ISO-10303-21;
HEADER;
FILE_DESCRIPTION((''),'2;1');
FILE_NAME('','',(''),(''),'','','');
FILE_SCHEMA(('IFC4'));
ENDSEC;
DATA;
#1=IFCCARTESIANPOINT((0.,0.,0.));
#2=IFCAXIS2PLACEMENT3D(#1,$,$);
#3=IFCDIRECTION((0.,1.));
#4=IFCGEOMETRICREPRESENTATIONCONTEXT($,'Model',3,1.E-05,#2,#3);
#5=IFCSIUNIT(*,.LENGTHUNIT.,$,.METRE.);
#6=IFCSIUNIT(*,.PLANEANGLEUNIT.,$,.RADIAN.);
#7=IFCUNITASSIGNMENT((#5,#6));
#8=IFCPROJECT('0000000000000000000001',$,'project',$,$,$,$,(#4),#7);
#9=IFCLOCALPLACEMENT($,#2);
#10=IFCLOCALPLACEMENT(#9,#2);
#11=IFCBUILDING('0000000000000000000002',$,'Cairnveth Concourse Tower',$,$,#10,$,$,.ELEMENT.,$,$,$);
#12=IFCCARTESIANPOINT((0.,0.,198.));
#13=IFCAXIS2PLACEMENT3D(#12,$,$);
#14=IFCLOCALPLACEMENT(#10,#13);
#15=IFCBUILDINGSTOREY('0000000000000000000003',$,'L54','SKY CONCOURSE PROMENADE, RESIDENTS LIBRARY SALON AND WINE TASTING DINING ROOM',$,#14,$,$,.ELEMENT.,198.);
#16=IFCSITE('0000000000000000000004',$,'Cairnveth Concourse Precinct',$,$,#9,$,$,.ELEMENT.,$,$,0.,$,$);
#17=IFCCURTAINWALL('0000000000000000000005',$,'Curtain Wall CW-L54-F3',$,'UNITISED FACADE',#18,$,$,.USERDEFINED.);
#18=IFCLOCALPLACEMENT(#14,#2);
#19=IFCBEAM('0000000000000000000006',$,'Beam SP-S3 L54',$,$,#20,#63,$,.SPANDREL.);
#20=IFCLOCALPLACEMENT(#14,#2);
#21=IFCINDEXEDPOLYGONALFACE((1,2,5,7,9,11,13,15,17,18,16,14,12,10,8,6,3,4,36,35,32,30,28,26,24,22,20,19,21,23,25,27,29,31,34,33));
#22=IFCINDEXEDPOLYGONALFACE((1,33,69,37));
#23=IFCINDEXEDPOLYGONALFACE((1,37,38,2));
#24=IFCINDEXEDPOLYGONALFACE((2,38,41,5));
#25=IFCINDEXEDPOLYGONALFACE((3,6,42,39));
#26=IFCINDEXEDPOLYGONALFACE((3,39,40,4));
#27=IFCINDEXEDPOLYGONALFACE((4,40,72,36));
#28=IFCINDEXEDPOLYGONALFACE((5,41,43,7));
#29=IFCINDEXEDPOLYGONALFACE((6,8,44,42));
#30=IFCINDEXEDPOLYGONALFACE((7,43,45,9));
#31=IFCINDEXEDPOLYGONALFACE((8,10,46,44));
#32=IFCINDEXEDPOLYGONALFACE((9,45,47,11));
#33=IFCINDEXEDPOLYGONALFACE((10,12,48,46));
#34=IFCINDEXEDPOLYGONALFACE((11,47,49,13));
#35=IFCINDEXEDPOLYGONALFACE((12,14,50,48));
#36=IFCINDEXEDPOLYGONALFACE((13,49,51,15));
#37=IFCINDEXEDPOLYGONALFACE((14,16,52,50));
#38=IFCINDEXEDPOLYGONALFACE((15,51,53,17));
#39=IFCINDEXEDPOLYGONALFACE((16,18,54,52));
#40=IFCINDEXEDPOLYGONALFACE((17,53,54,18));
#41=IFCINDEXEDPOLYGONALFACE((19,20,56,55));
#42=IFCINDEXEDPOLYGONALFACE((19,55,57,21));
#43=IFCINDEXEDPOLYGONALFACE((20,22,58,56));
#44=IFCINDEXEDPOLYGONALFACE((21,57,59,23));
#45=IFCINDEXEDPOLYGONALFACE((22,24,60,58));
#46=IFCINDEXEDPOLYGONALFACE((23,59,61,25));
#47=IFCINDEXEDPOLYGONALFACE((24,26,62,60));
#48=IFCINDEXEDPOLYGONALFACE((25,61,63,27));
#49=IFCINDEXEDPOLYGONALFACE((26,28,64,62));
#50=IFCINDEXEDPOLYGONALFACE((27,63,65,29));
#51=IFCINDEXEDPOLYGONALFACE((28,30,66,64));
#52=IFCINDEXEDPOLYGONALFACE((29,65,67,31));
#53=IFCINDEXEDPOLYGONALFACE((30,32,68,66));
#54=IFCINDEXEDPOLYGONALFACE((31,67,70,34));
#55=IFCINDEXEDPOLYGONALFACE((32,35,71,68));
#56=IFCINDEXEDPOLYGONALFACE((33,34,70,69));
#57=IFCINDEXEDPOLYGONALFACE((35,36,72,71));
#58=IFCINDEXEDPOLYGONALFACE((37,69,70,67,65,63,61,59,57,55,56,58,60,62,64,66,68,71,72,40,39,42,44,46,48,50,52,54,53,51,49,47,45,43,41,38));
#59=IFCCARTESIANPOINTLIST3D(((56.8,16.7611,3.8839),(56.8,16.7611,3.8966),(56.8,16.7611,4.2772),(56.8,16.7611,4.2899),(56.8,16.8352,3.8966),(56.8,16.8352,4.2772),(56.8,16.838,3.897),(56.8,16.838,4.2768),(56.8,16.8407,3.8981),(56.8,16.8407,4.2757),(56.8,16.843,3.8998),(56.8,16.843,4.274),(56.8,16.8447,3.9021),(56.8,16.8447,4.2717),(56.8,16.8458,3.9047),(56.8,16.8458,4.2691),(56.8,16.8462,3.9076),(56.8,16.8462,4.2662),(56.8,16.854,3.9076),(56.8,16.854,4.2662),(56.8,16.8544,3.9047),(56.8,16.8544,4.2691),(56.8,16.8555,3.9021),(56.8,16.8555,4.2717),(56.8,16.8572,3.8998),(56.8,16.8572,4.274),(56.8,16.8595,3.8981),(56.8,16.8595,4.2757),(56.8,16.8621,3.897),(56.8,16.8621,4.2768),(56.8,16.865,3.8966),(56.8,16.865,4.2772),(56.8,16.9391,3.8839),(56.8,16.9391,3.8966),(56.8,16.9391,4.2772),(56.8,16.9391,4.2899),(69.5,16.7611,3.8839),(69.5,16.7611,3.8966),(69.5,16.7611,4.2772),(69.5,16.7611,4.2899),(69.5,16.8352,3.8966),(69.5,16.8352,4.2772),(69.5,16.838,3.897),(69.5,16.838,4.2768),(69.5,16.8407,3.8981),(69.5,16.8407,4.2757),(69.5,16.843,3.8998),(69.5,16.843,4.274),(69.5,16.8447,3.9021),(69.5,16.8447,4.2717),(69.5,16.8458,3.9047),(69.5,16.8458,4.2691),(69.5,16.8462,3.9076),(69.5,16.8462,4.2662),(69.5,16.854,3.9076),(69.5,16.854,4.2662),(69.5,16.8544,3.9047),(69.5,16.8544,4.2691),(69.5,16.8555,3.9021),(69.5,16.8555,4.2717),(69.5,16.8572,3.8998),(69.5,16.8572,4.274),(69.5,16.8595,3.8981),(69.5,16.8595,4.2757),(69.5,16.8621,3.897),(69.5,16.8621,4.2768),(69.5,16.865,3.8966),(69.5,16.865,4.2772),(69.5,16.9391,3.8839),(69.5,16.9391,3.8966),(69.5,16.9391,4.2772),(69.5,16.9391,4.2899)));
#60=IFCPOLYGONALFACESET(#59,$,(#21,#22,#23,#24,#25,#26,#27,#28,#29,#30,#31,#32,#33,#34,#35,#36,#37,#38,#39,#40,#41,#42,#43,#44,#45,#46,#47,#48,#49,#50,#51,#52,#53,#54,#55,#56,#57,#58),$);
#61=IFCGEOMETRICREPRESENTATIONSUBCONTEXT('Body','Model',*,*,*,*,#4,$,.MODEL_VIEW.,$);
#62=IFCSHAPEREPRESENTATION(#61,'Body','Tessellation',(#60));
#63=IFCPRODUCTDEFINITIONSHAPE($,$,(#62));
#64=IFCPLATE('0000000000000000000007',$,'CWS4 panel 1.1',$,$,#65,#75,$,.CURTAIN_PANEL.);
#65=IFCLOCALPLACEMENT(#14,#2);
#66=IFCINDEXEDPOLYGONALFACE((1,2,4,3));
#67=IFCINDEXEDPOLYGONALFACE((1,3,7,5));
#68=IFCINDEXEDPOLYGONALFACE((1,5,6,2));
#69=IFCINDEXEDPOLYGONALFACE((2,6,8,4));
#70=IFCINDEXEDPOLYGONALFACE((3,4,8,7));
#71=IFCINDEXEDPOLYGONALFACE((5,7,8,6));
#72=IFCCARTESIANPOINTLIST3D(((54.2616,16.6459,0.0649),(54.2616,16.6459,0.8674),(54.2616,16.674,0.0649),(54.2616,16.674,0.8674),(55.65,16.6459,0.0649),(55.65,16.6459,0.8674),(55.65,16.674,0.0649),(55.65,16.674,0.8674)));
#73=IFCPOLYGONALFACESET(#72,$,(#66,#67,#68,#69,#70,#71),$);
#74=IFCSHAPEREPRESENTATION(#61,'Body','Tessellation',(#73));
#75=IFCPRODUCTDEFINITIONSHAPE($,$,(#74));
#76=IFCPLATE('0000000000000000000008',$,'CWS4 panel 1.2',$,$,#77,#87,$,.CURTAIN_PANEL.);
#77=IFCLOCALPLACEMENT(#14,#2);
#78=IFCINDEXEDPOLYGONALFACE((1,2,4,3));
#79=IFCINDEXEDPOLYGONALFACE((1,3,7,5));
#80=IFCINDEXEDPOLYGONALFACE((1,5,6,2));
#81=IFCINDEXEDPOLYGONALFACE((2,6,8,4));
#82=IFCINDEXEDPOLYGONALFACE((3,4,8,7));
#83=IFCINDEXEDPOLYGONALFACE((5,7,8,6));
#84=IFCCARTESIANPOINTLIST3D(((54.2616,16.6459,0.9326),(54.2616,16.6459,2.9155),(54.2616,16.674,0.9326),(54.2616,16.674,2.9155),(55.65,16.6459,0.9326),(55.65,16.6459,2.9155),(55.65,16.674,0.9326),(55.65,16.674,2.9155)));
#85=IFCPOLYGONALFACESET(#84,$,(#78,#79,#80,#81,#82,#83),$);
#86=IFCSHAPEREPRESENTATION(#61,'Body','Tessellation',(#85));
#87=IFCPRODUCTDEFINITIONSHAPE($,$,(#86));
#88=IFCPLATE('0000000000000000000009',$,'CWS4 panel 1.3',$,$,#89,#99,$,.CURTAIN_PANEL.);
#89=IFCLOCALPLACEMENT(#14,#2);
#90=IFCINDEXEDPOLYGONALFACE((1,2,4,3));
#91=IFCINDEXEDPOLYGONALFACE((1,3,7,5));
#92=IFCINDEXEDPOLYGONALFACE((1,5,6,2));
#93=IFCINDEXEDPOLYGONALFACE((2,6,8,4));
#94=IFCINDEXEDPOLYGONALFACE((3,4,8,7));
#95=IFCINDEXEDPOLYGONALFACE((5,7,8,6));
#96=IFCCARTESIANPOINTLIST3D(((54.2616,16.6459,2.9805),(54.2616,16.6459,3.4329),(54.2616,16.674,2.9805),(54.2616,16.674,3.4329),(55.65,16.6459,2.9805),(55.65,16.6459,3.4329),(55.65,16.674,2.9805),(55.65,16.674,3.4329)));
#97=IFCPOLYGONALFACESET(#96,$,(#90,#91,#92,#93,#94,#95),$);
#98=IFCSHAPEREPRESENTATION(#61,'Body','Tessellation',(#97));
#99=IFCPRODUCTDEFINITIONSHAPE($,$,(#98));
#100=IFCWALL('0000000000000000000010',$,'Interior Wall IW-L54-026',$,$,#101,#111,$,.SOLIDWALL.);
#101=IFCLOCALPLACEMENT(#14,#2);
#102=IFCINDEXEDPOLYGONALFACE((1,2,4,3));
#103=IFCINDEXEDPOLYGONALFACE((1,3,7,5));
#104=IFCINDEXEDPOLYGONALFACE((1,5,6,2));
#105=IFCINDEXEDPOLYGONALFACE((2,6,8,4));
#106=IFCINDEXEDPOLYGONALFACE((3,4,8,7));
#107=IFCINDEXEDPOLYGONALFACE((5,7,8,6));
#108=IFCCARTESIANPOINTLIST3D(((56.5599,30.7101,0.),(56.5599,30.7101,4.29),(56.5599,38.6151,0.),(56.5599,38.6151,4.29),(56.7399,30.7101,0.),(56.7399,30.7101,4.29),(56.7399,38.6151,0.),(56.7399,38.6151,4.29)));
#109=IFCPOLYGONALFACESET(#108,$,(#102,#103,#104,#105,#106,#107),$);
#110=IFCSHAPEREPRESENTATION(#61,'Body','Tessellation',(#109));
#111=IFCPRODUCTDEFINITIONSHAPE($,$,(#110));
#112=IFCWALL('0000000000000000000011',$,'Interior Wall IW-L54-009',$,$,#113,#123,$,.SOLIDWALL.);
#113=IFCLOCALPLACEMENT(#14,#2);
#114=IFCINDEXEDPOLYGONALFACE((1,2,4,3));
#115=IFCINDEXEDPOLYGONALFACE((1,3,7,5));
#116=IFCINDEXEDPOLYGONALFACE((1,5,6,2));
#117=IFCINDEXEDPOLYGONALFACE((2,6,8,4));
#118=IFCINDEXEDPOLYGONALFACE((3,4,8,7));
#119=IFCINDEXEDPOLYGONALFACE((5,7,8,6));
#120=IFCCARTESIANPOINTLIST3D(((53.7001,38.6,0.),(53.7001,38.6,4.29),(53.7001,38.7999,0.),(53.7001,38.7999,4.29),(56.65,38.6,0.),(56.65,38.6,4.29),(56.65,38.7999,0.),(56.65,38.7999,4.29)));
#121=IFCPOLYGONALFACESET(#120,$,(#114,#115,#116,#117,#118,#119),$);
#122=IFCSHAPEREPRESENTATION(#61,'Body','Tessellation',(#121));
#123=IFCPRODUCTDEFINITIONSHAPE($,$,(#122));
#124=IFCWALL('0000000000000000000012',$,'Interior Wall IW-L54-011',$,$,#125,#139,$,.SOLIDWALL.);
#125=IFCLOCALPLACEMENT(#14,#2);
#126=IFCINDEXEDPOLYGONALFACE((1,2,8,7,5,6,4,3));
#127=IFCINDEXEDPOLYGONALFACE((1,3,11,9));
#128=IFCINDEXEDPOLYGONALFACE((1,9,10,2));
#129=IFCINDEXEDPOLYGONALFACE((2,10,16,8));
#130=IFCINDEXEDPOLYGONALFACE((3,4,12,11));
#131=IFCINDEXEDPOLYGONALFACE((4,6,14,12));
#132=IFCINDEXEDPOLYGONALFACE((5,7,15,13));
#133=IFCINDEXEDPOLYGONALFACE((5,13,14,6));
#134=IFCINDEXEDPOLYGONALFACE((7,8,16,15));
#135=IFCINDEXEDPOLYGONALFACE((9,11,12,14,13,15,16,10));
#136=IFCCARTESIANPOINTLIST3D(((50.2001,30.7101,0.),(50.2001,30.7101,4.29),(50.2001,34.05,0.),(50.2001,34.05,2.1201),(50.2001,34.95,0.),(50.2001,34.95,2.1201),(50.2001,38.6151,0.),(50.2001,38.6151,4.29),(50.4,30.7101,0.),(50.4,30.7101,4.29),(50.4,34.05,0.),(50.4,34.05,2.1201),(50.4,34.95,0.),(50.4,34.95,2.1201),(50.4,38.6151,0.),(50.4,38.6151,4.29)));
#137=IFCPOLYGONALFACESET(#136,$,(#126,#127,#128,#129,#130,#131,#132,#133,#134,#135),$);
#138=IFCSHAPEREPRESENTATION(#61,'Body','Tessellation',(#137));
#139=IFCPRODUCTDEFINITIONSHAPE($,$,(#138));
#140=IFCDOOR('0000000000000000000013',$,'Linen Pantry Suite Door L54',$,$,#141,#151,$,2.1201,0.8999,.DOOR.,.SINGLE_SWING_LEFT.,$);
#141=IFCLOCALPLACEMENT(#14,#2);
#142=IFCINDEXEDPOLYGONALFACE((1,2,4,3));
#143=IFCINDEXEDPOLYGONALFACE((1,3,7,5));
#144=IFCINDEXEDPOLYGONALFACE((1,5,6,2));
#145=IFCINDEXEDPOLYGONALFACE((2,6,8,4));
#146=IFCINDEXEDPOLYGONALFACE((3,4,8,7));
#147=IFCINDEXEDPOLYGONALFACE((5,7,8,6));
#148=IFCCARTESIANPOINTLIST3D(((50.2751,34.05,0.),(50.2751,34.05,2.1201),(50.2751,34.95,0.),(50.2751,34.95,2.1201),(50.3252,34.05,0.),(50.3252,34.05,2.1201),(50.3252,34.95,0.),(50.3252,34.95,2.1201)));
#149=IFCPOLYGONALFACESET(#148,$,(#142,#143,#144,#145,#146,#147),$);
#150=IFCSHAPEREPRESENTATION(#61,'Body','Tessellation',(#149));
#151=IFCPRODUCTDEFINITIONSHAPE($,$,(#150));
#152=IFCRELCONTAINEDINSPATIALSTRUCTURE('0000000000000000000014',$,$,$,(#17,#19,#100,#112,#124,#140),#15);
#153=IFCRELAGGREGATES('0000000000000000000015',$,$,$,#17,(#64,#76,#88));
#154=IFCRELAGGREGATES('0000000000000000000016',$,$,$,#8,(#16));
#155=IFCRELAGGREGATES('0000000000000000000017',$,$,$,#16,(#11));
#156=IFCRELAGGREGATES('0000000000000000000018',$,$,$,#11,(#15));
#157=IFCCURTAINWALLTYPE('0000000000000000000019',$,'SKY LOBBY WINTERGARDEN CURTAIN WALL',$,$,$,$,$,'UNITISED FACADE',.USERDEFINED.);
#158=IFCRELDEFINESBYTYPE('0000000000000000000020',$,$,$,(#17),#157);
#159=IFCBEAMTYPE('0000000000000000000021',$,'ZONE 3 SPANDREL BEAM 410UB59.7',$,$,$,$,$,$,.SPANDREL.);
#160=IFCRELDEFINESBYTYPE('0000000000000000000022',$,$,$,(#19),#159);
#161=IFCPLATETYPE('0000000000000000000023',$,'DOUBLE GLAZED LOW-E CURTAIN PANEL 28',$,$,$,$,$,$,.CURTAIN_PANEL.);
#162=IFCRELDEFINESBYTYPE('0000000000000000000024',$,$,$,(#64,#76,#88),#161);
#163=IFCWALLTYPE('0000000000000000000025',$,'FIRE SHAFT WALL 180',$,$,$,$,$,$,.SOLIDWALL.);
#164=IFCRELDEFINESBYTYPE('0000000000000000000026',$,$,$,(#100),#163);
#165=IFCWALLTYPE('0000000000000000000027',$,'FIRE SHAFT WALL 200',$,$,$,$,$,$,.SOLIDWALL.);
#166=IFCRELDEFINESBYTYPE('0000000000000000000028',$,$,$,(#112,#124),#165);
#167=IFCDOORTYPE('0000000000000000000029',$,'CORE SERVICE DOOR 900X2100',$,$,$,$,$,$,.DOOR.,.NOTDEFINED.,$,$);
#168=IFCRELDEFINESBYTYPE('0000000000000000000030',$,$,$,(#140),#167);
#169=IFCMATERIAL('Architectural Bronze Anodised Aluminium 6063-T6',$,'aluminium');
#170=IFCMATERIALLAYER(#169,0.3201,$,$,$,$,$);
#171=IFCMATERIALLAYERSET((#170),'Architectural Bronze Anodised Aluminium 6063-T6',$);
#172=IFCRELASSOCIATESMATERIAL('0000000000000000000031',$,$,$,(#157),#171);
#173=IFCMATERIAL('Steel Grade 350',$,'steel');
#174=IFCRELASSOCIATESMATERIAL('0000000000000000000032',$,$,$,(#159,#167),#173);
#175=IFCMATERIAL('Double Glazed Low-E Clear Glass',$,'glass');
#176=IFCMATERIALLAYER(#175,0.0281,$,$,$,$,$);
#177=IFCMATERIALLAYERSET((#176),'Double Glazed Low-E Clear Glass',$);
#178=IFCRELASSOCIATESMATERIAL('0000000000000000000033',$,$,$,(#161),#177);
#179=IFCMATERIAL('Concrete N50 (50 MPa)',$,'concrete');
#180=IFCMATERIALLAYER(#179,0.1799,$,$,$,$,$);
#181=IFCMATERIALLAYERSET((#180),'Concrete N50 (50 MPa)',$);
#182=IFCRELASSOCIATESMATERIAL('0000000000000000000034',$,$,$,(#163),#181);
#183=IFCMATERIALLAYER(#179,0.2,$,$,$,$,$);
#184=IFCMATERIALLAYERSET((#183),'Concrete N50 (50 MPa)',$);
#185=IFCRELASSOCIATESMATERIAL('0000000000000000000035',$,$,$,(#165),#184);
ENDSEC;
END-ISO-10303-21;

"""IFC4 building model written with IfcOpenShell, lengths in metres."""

from ifc_helpers import new_model, si_unit, direction, frame, frame_2d, origin, origin_2d, place, context, subcontext, project, spatial, rectangle, i_section, extrude, material, layer, layer_set, material_profile, profile_set, type_object, element, fill, aggregate, save


model = new_model("IFC4")

# Units and contexts
model_context = context("Model", 3, precision=1e-05, world=origin(), true_north=direction((0.0, 1.0)))
body_context = subcontext(model_context, "Body", "Model", "MODEL_VIEW")
ifc_project = project(units=[si_unit("LENGTHUNIT", "METRE"), si_unit("PLANEANGLEUNIT", "RADIAN")], contexts=[model_context])

# Site, building, storey
site_placement = place(None, origin())
site = spatial("IfcSite", under=ifc_project, at=site_placement, Name="Cairnveth Concourse Precinct", CompositionType="ELEMENT", RefElevation=0.0)
building_placement = place(site_placement, origin())
building = spatial("IfcBuilding", under=site, at=building_placement, Name="Cairnveth Concourse Tower", CompositionType="ELEMENT")
storey_placement = place(building_placement, frame((0.0, 0.0, 198.0)))
storey = spatial("IfcBuildingStorey", under=building, at=storey_placement, Name="L54", Description="SKY CONCOURSE PROMENADE, RESIDENTS LIBRARY SALON AND WINE TASTING DINING ROOM", CompositionType="ELEMENT", Elevation=198.0)

# Curtain wall
ifc_material_1 = material(Name="Architectural Bronze Anodised Aluminium 6063-T6", Category="aluminium")
ifc_layer_1 = layer(ifc_material_1, 0.3201)
ifc_layer_set_1 = layer_set([ifc_layer_1], Name="Architectural Bronze Anodised Aluminium 6063-T6")
curtain_wall_type = type_object("IfcCurtainWallType", Name="SKY LOBBY WINTERGARDEN CURTAIN WALL", ElementType="UNITISED FACADE", PredefinedType="USERDEFINED", material=ifc_layer_set_1)
curtain_wall_placement = place(storey_placement, origin())
curtain_wall = element("IfcCurtainWall", 1, at=curtain_wall_placement, inside=storey, type_object=curtain_wall_type, Name="Curtain Wall CW-L54-F3", ObjectType="UNITISED FACADE", PredefinedType="USERDEFINED")

# Beam
ifc_material_2 = material(Name="Steel Grade 350", Category="steel")
ifc_material_profile_1 = material_profile(ifc_material_2, i_section(OverallWidth=0.178, OverallDepth=0.406, WebThickness=0.0078, FlangeThickness=0.0127, FilletRadius=0.011, at=origin_2d()), Name="410UB59.7")
ifc_profile_set_1 = profile_set([ifc_material_profile_1], Name="Steel Grade 350")
beam_type_1 = type_object("IfcBeamType", Name="ZONE 3 SPANDREL BEAM 410UB59.7", PredefinedType="SPANDREL", material=ifc_profile_set_1)
beam_1_placement = place(storey_placement, frame((56.8, 16.8501, 4.0869), z_axis=(1.0, 0.0, 0.0), x_axis=(0.0, 1.0, 0.0)))
element("IfcBeam", 2, at=beam_1_placement, inside=storey, type_object=beam_type_1, Name="Beam SP-S3 L54", PredefinedType="SPANDREL", context=body_context, shape_type="SweptSolid", body=[
    extrude(i_section(OverallWidth=0.178, OverallDepth=0.406, WebThickness=0.0078, FlangeThickness=0.0127, FilletRadius=0.011, at=origin_2d()), origin(), (0.0, 0.0, 1.0), 12.7),
])

# Plates
ifc_material_3 = material(Name="Double Glazed Low-E Clear Glass", Category="glass")
ifc_layer_2 = layer(ifc_material_3, 0.0281)
ifc_layer_set_2 = layer_set([ifc_layer_2], Name="Double Glazed Low-E Clear Glass")
plate_type = type_object("IfcPlateType", Name="DOUBLE GLAZED LOW-E CURTAIN PANEL 28", PredefinedType="CURTAIN_PANEL", material=ifc_layer_set_2)
plate_1_placement = place(storey_placement, frame((54.9558, 16.6599, 0.0649), z_axis=(0.0, 0.0, 1.0), x_axis=(-1.0, 0.0, 0.0)))
plate_1 = element("IfcPlate", 3, at=plate_1_placement, type_object=plate_type, Name="CWS4 panel 1.1", PredefinedType="CURTAIN_PANEL", context=body_context, shape_type="SweptSolid", body=[
    extrude(rectangle(XDim=1.3884, YDim=0.0281, at=origin_2d()), origin(), (0.0, 0.0, 1.0), 0.8025),
])
plate_2_placement = place(storey_placement, frame((54.9558, 16.6599, 0.9326), z_axis=(0.0, 0.0, 1.0), x_axis=(-1.0, 0.0, 0.0)))
plate_2 = element("IfcPlate", 4, at=plate_2_placement, type_object=plate_type, Name="CWS4 panel 1.2", PredefinedType="CURTAIN_PANEL", context=body_context, shape_type="SweptSolid", body=[
    extrude(rectangle(XDim=1.3884, YDim=0.0281, at=origin_2d()), origin(), (0.0, 0.0, 1.0), 1.9829),
])
plate_3_placement = place(storey_placement, frame((54.9558, 16.6599, 2.9805), z_axis=(0.0, 0.0, 1.0), x_axis=(-1.0, 0.0, 0.0)))
plate_3 = element("IfcPlate", 5, at=plate_3_placement, type_object=plate_type, Name="CWS4 panel 1.3", PredefinedType="CURTAIN_PANEL", context=body_context, shape_type="SweptSolid", body=[
    extrude(rectangle(XDim=1.3884, YDim=0.0281, at=origin_2d()), origin(), (0.0, 0.0, 1.0), 0.4524),
])
aggregate(curtain_wall, [plate_1, plate_2, plate_3])

# Walls
ifc_material_4 = material(Name="Concrete N50 (50 MPa)", Category="concrete")
ifc_layer_3 = layer(ifc_material_4, 0.1799)
ifc_layer_set_3 = layer_set([ifc_layer_3], Name="Concrete N50 (50 MPa)")
wall_type_1 = type_object("IfcWallType", Name="FIRE SHAFT WALL 180", PredefinedType="SOLIDWALL", material=ifc_layer_set_3)
wall_1_placement = place(storey_placement, frame((56.6499, 30.71, 0.0), z_axis=(0.0, 0.0, 1.0), x_axis=(0.0, 1.0, 0.0)))
element("IfcWall", 6, at=wall_1_placement, inside=storey, type_object=wall_type_1, Name="Interior Wall IW-L54-026", PredefinedType="SOLIDWALL", context=body_context, shape_type="SweptSolid", body=[
    extrude(rectangle(XDim=7.905, YDim=0.1799, at=frame_2d((3.9526, 0.0))), origin(), (0.0, 0.0, 1.0), 4.29),
])
ifc_layer_4 = layer(ifc_material_4, 0.2)
ifc_layer_set_4 = layer_set([ifc_layer_4], Name="Concrete N50 (50 MPa)")
wall_type_2 = type_object("IfcWallType", Name="FIRE SHAFT WALL 200", PredefinedType="SOLIDWALL", material=ifc_layer_set_4)
wall_2_placement = place(storey_placement, frame((53.7, 38.7, 0.0), z_axis=(0.0, 0.0, 1.0), x_axis=(1.0, 0.0, 0.0)))
element("IfcWall", 7, at=wall_2_placement, inside=storey, type_object=wall_type_2, Name="Interior Wall IW-L54-009", PredefinedType="SOLIDWALL", context=body_context, shape_type="SweptSolid", body=[
    extrude(rectangle(XDim=2.95, YDim=0.2, at=frame_2d((1.4751, 0.0))), origin(), (0.0, 0.0, 1.0), 4.29),
])

# Wall, opening, door
wall_3_placement = place(storey_placement, frame((50.3, 30.71, 0.0), z_axis=(0.0, 0.0, 1.0), x_axis=(0.0, 1.0, 0.0)))
wall_3 = element("IfcWall", 8, at=wall_3_placement, inside=storey, type_object=wall_type_2, Name="Interior Wall IW-L54-011", PredefinedType="SOLIDWALL", context=body_context, shape_type="SweptSolid", body=[
    extrude(rectangle(XDim=7.905, YDim=0.2, at=frame_2d((3.9526, 0.0))), origin(), (0.0, 0.0, 1.0), 4.29),
])
opening_1_placement = place(wall_3_placement, frame((3.3401, 0.0, 0.0)))
opening_1 = element("IfcOpeningElement", 9, at=opening_1_placement, cuts=wall_3, PredefinedType="OPENING", context=body_context, shape_type="SweptSolid", body=[
    extrude(rectangle(XDim=0.8999, YDim=2.1201, at=frame_2d((0.45, 1.0601))), frame((0.0, 0.1099, 0.0), z_axis=(0.0, -1.0, 0.0), x_axis=(1.0, 0.0, 0.0)), (0.0, 0.0, 1.0), 0.22),
])
door_type_1 = type_object("IfcDoorType", Name="CORE SERVICE DOOR 900X2100", OperationType="NOTDEFINED", PredefinedType="DOOR", material=ifc_material_2)
door_1_placement = place(opening_1_placement, origin())
door_1 = element("IfcDoor", 10, at=door_1_placement, inside=storey, type_object=door_type_1, Name="Linen Pantry Suite Door L54", OperationType="SINGLE_SWING_LEFT", OverallHeight=2.1201, OverallWidth=0.8999, PredefinedType="DOOR", context=body_context, shape_type="SweptSolid", body=[
    extrude(rectangle(XDim=0.8999, YDim=2.1201, at=frame_2d((0.45, 1.0601))), frame((0.0, 0.0249, 0.0), z_axis=(0.0, -1.0, 0.0), x_axis=(1.0, 0.0, 0.0)), (0.0, 0.0, 1.0), 0.05),
])
fill(opening_1, door_1)

save(model, "model.ifc")
